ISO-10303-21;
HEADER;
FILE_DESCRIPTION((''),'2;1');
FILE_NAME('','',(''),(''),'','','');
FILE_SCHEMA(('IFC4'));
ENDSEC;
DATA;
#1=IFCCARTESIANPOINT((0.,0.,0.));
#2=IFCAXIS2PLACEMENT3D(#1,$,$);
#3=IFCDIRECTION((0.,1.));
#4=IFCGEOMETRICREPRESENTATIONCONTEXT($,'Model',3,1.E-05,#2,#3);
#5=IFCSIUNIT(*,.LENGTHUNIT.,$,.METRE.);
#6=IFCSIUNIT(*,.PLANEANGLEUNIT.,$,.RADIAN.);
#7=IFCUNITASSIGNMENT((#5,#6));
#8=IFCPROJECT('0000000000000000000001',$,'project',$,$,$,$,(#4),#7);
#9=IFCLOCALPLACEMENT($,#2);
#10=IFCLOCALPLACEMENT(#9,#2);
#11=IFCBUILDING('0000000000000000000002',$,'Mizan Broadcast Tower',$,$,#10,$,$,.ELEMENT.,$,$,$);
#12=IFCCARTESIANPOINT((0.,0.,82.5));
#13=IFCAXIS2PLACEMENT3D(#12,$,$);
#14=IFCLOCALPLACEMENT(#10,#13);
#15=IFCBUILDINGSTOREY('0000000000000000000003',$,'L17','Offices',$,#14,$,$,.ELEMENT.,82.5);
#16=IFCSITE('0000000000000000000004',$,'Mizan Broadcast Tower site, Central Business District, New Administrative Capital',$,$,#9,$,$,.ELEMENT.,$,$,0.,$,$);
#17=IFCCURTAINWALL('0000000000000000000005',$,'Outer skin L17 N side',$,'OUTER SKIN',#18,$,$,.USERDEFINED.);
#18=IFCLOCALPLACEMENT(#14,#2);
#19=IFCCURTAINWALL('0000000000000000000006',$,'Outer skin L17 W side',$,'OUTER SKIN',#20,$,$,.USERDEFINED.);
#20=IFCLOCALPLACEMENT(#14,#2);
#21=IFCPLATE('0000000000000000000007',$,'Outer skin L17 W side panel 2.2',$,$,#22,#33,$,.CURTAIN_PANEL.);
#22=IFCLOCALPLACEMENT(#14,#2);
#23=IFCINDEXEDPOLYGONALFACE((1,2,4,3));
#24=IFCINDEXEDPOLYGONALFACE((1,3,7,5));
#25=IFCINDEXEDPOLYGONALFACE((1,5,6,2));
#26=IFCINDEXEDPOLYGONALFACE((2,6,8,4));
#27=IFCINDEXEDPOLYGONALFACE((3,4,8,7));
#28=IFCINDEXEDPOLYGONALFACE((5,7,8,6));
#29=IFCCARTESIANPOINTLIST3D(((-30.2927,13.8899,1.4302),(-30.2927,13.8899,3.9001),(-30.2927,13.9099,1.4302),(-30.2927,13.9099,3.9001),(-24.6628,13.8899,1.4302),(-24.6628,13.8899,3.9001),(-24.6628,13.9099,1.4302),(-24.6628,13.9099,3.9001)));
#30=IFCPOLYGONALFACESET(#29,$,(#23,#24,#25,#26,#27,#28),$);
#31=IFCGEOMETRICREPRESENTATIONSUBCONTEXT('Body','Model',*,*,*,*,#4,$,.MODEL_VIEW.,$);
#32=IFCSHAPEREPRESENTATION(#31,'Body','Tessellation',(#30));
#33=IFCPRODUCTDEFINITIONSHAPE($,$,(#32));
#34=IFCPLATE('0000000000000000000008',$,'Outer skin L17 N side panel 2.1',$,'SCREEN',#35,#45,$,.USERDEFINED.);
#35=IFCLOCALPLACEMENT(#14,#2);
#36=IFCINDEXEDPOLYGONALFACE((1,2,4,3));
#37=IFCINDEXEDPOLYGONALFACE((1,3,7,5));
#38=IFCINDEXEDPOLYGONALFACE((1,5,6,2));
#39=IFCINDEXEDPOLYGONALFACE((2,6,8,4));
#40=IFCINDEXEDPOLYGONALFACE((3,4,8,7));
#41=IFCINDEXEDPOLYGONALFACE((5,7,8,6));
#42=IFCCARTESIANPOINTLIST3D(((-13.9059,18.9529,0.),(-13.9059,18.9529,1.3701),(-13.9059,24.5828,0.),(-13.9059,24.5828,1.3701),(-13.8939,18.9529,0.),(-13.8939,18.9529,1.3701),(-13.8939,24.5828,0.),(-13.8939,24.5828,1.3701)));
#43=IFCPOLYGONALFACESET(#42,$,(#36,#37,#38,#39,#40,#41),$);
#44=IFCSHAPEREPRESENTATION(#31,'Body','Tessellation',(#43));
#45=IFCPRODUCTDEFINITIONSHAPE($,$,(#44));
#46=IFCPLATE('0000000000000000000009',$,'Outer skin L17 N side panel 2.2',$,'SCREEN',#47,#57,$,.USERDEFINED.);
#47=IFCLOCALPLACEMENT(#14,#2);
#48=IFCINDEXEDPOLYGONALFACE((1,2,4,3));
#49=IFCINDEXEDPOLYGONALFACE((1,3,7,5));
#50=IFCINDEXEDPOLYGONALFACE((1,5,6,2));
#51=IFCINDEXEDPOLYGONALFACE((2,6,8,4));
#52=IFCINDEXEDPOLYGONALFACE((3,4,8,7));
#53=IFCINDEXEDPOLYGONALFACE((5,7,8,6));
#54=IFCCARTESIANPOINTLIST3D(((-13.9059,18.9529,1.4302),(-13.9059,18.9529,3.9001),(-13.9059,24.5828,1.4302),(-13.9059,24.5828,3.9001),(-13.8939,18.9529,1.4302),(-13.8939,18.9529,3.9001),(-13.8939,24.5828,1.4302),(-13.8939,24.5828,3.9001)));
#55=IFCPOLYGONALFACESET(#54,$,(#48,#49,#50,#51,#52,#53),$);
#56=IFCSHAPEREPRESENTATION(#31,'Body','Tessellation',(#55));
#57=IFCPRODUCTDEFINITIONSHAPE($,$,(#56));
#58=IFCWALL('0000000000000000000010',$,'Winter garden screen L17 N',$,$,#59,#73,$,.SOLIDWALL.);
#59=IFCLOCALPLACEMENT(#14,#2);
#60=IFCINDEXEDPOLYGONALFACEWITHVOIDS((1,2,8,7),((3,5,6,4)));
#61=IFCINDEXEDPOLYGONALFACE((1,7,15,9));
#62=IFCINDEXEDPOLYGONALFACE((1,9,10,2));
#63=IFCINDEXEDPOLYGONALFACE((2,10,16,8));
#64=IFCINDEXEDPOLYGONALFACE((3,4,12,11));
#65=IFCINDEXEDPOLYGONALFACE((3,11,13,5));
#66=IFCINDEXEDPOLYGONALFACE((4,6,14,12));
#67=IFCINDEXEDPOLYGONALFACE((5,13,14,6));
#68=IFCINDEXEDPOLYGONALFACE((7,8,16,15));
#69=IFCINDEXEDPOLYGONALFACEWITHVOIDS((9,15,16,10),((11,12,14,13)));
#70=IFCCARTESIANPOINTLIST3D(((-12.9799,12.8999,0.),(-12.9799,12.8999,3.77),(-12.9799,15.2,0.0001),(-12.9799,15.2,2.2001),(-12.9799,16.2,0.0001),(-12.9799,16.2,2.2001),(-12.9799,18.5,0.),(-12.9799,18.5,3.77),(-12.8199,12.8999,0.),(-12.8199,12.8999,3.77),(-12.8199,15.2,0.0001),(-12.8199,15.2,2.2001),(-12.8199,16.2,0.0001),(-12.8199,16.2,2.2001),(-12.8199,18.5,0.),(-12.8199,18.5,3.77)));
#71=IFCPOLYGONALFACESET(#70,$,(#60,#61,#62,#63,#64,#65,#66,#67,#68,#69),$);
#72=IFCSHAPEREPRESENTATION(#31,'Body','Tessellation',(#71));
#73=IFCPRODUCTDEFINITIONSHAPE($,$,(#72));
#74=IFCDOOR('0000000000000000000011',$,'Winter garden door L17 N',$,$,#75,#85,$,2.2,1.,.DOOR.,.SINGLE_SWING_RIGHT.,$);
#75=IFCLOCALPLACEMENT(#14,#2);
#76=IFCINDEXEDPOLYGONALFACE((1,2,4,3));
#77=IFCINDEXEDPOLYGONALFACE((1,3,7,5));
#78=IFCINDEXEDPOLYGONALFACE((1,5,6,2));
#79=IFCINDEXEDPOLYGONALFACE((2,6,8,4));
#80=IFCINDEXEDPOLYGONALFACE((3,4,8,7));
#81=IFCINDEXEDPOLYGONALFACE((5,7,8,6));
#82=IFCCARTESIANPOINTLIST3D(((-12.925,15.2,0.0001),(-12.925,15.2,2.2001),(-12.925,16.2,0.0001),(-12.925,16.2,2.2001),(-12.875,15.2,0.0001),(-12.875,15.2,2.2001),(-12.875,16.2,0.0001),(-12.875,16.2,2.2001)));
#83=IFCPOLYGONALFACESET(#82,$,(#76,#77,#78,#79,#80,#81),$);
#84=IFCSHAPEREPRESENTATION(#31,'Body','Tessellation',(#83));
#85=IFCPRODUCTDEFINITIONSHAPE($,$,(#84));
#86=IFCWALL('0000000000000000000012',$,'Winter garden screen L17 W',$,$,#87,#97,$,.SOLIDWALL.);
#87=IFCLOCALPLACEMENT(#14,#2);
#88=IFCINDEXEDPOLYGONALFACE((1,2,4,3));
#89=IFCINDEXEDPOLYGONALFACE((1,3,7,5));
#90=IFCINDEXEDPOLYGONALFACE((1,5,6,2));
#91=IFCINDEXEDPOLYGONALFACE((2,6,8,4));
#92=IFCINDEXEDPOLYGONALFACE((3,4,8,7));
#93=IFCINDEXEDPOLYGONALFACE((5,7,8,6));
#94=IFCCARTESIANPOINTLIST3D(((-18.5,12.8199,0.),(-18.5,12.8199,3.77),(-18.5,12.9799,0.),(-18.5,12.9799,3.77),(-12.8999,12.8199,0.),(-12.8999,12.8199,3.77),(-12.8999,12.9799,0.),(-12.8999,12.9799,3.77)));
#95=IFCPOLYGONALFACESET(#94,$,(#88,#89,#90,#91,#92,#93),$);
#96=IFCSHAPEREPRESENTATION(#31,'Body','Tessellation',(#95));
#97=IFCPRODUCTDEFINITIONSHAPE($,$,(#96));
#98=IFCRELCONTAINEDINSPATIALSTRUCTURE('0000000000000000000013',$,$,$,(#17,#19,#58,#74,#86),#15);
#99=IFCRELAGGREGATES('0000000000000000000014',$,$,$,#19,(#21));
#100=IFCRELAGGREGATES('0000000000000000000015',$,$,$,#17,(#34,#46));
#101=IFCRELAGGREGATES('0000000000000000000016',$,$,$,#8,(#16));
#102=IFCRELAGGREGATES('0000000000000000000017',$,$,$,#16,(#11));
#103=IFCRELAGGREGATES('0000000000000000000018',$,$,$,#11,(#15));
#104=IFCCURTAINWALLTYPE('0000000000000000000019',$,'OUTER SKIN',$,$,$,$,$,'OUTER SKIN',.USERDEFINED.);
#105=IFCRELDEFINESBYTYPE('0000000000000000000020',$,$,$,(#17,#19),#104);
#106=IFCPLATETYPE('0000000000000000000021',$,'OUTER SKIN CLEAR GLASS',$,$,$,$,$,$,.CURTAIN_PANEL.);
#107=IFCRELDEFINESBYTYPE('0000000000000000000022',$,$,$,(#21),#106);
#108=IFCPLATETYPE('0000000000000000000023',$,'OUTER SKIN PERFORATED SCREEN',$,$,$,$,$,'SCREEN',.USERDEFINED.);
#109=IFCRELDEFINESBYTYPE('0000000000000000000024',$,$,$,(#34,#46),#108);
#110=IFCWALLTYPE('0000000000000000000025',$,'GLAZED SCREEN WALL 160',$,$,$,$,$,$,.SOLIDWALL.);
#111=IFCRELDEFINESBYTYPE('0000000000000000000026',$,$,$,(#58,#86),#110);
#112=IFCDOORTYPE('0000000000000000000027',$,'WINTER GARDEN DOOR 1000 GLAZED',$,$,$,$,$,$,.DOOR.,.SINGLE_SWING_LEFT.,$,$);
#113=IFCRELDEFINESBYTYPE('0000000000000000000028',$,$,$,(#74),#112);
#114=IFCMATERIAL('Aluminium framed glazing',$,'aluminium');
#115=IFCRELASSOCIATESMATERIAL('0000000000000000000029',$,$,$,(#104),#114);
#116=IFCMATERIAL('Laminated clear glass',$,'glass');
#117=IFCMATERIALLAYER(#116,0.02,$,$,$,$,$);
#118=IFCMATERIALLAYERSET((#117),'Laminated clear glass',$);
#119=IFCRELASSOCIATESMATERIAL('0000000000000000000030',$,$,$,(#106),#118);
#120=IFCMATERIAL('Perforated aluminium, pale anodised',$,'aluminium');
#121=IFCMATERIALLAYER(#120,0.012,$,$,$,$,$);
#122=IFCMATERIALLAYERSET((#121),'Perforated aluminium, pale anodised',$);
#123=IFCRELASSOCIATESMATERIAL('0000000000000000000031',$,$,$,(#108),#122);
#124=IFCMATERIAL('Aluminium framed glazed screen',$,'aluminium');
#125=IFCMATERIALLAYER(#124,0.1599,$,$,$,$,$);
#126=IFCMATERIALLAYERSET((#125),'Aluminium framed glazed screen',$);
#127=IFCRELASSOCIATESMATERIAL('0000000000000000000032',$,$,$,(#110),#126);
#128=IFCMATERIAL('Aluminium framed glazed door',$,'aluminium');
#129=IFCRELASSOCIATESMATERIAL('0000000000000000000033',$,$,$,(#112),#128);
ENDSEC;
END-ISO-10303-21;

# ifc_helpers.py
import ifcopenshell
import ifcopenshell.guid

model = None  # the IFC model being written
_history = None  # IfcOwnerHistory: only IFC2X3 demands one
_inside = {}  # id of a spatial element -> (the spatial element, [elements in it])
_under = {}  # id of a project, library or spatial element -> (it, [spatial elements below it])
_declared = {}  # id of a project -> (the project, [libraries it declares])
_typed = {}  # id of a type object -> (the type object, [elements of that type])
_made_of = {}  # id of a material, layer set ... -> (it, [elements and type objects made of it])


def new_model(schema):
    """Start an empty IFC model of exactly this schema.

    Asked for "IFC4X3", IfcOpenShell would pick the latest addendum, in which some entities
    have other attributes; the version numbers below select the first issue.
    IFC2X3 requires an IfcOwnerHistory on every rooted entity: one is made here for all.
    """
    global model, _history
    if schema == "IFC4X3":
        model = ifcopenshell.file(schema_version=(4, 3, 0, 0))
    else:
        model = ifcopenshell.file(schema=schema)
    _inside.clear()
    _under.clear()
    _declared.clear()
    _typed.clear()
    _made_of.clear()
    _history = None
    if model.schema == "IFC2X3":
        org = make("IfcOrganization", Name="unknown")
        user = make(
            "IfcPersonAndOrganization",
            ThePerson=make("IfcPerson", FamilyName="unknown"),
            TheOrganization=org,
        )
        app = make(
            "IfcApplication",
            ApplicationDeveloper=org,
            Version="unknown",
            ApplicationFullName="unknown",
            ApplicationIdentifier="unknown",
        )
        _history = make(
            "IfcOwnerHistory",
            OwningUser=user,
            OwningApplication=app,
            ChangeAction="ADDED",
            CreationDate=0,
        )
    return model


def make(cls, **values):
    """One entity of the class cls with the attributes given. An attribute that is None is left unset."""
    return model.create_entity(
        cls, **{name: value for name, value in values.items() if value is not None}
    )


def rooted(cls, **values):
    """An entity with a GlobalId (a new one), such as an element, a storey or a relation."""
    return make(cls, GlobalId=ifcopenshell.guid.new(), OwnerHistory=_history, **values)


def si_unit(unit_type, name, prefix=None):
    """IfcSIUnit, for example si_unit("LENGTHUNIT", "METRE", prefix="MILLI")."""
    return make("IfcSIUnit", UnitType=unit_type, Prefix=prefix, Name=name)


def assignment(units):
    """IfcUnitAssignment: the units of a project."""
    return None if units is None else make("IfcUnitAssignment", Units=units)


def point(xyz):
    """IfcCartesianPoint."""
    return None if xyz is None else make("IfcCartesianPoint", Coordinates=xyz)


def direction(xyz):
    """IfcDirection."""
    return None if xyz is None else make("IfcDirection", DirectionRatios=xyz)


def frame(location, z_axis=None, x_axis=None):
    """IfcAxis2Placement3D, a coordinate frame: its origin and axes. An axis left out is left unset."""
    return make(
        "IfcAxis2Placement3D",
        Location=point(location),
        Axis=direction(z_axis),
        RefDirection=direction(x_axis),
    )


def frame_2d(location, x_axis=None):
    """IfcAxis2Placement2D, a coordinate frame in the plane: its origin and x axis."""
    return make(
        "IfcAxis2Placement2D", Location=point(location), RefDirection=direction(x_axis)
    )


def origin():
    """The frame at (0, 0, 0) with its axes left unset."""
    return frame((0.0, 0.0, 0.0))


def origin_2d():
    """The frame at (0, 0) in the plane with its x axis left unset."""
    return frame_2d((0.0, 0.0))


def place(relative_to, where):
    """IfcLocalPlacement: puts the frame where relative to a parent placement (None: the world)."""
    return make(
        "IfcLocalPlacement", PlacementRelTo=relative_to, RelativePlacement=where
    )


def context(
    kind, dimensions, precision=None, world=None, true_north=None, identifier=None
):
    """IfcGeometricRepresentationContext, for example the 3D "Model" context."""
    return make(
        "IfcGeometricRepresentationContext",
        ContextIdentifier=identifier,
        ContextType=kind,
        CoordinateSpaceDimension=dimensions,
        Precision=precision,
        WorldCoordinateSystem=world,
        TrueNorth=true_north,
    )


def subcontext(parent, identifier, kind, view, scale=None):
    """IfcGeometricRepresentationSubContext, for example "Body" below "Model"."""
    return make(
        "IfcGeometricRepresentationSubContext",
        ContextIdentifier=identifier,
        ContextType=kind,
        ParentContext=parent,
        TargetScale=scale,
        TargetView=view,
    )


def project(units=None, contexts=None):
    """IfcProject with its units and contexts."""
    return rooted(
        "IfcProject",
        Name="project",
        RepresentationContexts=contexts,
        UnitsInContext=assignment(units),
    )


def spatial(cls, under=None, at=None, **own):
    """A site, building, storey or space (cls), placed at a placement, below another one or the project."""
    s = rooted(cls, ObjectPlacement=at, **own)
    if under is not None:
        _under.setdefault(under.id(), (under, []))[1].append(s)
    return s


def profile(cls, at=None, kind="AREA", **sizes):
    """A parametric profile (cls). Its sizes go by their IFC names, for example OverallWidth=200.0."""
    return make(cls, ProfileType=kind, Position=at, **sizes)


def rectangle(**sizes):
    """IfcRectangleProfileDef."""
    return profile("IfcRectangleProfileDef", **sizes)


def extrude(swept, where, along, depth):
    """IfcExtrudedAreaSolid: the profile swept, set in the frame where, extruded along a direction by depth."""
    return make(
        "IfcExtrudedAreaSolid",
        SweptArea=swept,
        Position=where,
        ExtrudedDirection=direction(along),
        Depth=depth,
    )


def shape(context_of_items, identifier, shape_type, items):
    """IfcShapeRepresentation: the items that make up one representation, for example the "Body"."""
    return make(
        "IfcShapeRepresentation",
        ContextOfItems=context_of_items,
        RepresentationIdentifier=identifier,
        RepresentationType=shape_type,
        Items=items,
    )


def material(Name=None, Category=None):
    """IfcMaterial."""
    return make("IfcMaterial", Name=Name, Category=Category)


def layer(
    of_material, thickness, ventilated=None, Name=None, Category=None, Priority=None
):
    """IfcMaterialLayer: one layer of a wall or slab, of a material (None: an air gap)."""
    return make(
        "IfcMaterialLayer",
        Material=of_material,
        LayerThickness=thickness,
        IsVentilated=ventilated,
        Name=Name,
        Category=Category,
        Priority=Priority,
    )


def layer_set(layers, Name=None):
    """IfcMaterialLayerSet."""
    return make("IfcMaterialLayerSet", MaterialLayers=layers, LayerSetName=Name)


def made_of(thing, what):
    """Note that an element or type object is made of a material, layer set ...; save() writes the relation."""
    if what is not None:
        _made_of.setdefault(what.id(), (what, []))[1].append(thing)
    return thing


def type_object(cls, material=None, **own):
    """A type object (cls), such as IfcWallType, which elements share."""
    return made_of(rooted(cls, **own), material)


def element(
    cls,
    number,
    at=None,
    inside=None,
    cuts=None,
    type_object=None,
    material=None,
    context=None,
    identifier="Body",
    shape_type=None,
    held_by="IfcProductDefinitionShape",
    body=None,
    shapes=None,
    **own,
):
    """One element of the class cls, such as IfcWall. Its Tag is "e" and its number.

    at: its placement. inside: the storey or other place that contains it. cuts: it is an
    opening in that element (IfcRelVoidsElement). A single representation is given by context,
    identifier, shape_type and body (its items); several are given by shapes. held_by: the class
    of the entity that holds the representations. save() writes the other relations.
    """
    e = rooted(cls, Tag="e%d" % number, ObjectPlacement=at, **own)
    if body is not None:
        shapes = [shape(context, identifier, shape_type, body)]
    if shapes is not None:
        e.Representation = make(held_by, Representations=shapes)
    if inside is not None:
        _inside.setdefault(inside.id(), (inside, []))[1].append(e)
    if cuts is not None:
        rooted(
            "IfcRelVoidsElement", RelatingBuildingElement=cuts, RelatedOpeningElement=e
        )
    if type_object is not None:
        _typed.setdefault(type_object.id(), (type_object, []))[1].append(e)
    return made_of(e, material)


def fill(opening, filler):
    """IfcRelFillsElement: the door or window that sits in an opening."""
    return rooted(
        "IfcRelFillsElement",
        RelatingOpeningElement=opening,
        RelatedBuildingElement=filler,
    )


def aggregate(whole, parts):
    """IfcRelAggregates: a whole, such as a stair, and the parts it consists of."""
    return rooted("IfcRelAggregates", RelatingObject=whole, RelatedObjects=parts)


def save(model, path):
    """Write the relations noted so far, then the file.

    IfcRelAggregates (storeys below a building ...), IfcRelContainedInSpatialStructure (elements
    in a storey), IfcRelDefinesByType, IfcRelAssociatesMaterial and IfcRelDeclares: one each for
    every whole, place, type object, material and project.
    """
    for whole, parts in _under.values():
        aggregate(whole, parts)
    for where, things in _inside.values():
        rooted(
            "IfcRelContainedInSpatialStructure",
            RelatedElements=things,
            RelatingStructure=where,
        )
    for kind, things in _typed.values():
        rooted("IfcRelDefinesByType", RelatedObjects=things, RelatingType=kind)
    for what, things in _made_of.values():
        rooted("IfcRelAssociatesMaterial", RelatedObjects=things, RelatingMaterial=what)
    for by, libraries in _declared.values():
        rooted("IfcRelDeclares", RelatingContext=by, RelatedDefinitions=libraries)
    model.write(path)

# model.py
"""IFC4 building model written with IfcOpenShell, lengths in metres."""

from ifc_helpers import new_model, si_unit, direction, frame, frame_2d, origin, origin_2d, place, context, subcontext, project, spatial, rectangle, extrude, material, layer, layer_set, type_object, element, fill, aggregate, save


model = new_model("IFC4")

# Units and contexts
model_context = context("Model", 3, precision=1e-05, world=origin(), true_north=direction((0.0, 1.0)))
body_context = subcontext(model_context, "Body", "Model", "MODEL_VIEW")
ifc_project = project(units=[si_unit("LENGTHUNIT", "METRE"), si_unit("PLANEANGLEUNIT", "RADIAN")], contexts=[model_context])

# Site, building, storey
site_placement = place(None, origin())
site = spatial("IfcSite", under=ifc_project, at=site_placement, Name="Mizan Broadcast Tower site, Central Business District, New Administrative Capital", CompositionType="ELEMENT", RefElevation=0.0)
building_placement = place(site_placement, origin())
building = spatial("IfcBuilding", under=site, at=building_placement, Name="Mizan Broadcast Tower", CompositionType="ELEMENT")
storey_placement = place(building_placement, frame((0.0, 0.0, 82.5)))
storey = spatial("IfcBuildingStorey", under=building, at=storey_placement, Name="L17", Description="Offices", CompositionType="ELEMENT", Elevation=82.5)

# Shared definitions
ifc_material_1 = material(Name="Aluminium framed glazing", Category="aluminium")
curtain_wall_type_1 = type_object("IfcCurtainWallType", Name="OUTER SKIN", ElementType="OUTER SKIN", PredefinedType="USERDEFINED", material=ifc_material_1)

# Curtain wall
curtain_wall_1_placement = place(storey_placement, origin())
curtain_wall_1 = element("IfcCurtainWall", 1, at=curtain_wall_1_placement, inside=storey, type_object=curtain_wall_type_1, Name="Outer skin L17 N side", ObjectType="OUTER SKIN", PredefinedType="USERDEFINED")

# Curtain wall
curtain_wall_2_placement = place(storey_placement, origin())
curtain_wall_2 = element("IfcCurtainWall", 2, at=curtain_wall_2_placement, inside=storey, type_object=curtain_wall_type_1, Name="Outer skin L17 W side", ObjectType="OUTER SKIN", PredefinedType="USERDEFINED")

# Plates
ifc_material_2 = material(Name="Laminated clear glass", Category="glass")
ifc_layer_1 = layer(ifc_material_2, 0.02)
ifc_layer_set_1 = layer_set([ifc_layer_1], Name="Laminated clear glass")
plate_type_1 = type_object("IfcPlateType", Name="OUTER SKIN CLEAR GLASS", PredefinedType="CURTAIN_PANEL", material=ifc_layer_set_1)
plate_1_placement = place(storey_placement, frame((-27.4778, 13.8999, 1.4302), z_axis=(0.0, 0.0, 1.0), x_axis=(-1.0, 0.0, 0.0)))
plate_1 = element("IfcPlate", 3, at=plate_1_placement, type_object=plate_type_1, Name="Outer skin L17 W side panel 2.2", PredefinedType="CURTAIN_PANEL", context=body_context, shape_type="SweptSolid", body=[
    extrude(rectangle(XDim=5.6299, YDim=0.02, at=origin_2d()), origin(), (0.0, 0.0, 1.0), 2.47),
])
aggregate(curtain_wall_2, [plate_1])
ifc_material_3 = material(Name="Perforated aluminium, pale anodised", Category="aluminium")
ifc_layer_2 = layer(ifc_material_3, 0.012)
ifc_layer_set_2 = layer_set([ifc_layer_2], Name="Perforated aluminium, pale anodised")
plate_type_2 = type_object("IfcPlateType", Name="OUTER SKIN PERFORATED SCREEN", ElementType="SCREEN", PredefinedType="USERDEFINED", material=ifc_layer_set_2)
plate_2_placement = place(storey_placement, frame((-13.8999, 21.7678, 0.0), z_axis=(0.0, 0.0, 1.0), x_axis=(0.0, -1.0, 0.0)))
plate_2 = element("IfcPlate", 4, at=plate_2_placement, type_object=plate_type_2, Name="Outer skin L17 N side panel 2.1", ObjectType="SCREEN", PredefinedType="USERDEFINED", context=body_context, shape_type="SweptSolid", body=[
    extrude(rectangle(XDim=5.6299, YDim=0.012, at=origin_2d()), origin(), (0.0, 0.0, 1.0), 1.3701),
])
plate_3_placement = place(storey_placement, frame((-13.8999, 21.7678, 1.4302), z_axis=(0.0, 0.0, 1.0), x_axis=(0.0, -1.0, 0.0)))
plate_3 = element("IfcPlate", 5, at=plate_3_placement, type_object=plate_type_2, Name="Outer skin L17 N side panel 2.2", ObjectType="SCREEN", PredefinedType="USERDEFINED", context=body_context, shape_type="SweptSolid", body=[
    extrude(rectangle(XDim=5.6299, YDim=0.012, at=origin_2d()), origin(), (0.0, 0.0, 1.0), 2.47),
])
aggregate(curtain_wall_1, [plate_2, plate_3])

# Wall, opening, door
ifc_material_4 = material(Name="Aluminium framed glazed screen", Category="aluminium")
ifc_layer_3 = layer(ifc_material_4, 0.1599)
ifc_layer_set_3 = layer_set([ifc_layer_3], Name="Aluminium framed glazed screen")
wall_type = type_object("IfcWallType", Name="GLAZED SCREEN WALL 160", PredefinedType="SOLIDWALL", material=ifc_layer_set_3)
wall_1_placement = place(storey_placement, frame((-12.8999, 18.5, 0.0), z_axis=(0.0, 0.0, 1.0), x_axis=(0.0, -1.0, 0.0)))
wall_1 = element("IfcWall", 6, at=wall_1_placement, inside=storey, type_object=wall_type, Name="Winter garden screen L17 N", PredefinedType="SOLIDWALL", context=body_context, shape_type="SweptSolid", body=[
    extrude(rectangle(XDim=5.6001, YDim=0.1599, at=frame_2d((2.8, 0.0))), origin(), (0.0, 0.0, 1.0), 3.77),
])
opening_placement = place(wall_1_placement, frame((2.3, 0.0, 0.0)))
opening = element("IfcOpeningElement", 7, at=opening_placement, cuts=wall_1, PredefinedType="OPENING", context=body_context, shape_type="SweptSolid", body=[
    extrude(rectangle(XDim=1.0, YDim=2.2, at=frame_2d((0.5, 1.1001))), frame((0.0, 0.0898, 0.0), z_axis=(0.0, -1.0, 0.0), x_axis=(1.0, 0.0, 0.0)), (0.0, 0.0, 1.0), 0.1799),
])
ifc_material_5 = material(Name="Aluminium framed glazed door", Category="aluminium")
door_type = type_object("IfcDoorType", Name="WINTER GARDEN DOOR 1000 GLAZED", OperationType="SINGLE_SWING_LEFT", PredefinedType="DOOR", material=ifc_material_5)
door_placement = place(opening_placement, origin())
door = element("IfcDoor", 8, at=door_placement, inside=storey, type_object=door_type, Name="Winter garden door L17 N", OperationType="SINGLE_SWING_RIGHT", OverallHeight=2.2, OverallWidth=1.0, PredefinedType="DOOR", context=body_context, shape_type="SweptSolid", body=[
    extrude(rectangle(XDim=1.0, YDim=2.2, at=frame_2d((0.5, 1.1001))), frame((0.0, 0.0249, 0.0), z_axis=(0.0, -1.0, 0.0), x_axis=(1.0, 0.0, 0.0)), (0.0, 0.0, 1.0), 0.05),
])
fill(opening, door)

# Wall
wall_2_placement = place(storey_placement, frame((-12.8999, 12.8999, 0.0), z_axis=(0.0, 0.0, 1.0), x_axis=(-1.0, 0.0, 0.0)))
element("IfcWall", 9, at=wall_2_placement, inside=storey, type_object=wall_type, Name="Winter garden screen L17 W", PredefinedType="SOLIDWALL", context=body_context, shape_type="SweptSolid", body=[
    extrude(rectangle(XDim=5.6001, YDim=0.1599, at=frame_2d((2.8, 0.0))), origin(), (0.0, 0.0, 1.0), 3.77),
])

save(model, "model.ifc")
